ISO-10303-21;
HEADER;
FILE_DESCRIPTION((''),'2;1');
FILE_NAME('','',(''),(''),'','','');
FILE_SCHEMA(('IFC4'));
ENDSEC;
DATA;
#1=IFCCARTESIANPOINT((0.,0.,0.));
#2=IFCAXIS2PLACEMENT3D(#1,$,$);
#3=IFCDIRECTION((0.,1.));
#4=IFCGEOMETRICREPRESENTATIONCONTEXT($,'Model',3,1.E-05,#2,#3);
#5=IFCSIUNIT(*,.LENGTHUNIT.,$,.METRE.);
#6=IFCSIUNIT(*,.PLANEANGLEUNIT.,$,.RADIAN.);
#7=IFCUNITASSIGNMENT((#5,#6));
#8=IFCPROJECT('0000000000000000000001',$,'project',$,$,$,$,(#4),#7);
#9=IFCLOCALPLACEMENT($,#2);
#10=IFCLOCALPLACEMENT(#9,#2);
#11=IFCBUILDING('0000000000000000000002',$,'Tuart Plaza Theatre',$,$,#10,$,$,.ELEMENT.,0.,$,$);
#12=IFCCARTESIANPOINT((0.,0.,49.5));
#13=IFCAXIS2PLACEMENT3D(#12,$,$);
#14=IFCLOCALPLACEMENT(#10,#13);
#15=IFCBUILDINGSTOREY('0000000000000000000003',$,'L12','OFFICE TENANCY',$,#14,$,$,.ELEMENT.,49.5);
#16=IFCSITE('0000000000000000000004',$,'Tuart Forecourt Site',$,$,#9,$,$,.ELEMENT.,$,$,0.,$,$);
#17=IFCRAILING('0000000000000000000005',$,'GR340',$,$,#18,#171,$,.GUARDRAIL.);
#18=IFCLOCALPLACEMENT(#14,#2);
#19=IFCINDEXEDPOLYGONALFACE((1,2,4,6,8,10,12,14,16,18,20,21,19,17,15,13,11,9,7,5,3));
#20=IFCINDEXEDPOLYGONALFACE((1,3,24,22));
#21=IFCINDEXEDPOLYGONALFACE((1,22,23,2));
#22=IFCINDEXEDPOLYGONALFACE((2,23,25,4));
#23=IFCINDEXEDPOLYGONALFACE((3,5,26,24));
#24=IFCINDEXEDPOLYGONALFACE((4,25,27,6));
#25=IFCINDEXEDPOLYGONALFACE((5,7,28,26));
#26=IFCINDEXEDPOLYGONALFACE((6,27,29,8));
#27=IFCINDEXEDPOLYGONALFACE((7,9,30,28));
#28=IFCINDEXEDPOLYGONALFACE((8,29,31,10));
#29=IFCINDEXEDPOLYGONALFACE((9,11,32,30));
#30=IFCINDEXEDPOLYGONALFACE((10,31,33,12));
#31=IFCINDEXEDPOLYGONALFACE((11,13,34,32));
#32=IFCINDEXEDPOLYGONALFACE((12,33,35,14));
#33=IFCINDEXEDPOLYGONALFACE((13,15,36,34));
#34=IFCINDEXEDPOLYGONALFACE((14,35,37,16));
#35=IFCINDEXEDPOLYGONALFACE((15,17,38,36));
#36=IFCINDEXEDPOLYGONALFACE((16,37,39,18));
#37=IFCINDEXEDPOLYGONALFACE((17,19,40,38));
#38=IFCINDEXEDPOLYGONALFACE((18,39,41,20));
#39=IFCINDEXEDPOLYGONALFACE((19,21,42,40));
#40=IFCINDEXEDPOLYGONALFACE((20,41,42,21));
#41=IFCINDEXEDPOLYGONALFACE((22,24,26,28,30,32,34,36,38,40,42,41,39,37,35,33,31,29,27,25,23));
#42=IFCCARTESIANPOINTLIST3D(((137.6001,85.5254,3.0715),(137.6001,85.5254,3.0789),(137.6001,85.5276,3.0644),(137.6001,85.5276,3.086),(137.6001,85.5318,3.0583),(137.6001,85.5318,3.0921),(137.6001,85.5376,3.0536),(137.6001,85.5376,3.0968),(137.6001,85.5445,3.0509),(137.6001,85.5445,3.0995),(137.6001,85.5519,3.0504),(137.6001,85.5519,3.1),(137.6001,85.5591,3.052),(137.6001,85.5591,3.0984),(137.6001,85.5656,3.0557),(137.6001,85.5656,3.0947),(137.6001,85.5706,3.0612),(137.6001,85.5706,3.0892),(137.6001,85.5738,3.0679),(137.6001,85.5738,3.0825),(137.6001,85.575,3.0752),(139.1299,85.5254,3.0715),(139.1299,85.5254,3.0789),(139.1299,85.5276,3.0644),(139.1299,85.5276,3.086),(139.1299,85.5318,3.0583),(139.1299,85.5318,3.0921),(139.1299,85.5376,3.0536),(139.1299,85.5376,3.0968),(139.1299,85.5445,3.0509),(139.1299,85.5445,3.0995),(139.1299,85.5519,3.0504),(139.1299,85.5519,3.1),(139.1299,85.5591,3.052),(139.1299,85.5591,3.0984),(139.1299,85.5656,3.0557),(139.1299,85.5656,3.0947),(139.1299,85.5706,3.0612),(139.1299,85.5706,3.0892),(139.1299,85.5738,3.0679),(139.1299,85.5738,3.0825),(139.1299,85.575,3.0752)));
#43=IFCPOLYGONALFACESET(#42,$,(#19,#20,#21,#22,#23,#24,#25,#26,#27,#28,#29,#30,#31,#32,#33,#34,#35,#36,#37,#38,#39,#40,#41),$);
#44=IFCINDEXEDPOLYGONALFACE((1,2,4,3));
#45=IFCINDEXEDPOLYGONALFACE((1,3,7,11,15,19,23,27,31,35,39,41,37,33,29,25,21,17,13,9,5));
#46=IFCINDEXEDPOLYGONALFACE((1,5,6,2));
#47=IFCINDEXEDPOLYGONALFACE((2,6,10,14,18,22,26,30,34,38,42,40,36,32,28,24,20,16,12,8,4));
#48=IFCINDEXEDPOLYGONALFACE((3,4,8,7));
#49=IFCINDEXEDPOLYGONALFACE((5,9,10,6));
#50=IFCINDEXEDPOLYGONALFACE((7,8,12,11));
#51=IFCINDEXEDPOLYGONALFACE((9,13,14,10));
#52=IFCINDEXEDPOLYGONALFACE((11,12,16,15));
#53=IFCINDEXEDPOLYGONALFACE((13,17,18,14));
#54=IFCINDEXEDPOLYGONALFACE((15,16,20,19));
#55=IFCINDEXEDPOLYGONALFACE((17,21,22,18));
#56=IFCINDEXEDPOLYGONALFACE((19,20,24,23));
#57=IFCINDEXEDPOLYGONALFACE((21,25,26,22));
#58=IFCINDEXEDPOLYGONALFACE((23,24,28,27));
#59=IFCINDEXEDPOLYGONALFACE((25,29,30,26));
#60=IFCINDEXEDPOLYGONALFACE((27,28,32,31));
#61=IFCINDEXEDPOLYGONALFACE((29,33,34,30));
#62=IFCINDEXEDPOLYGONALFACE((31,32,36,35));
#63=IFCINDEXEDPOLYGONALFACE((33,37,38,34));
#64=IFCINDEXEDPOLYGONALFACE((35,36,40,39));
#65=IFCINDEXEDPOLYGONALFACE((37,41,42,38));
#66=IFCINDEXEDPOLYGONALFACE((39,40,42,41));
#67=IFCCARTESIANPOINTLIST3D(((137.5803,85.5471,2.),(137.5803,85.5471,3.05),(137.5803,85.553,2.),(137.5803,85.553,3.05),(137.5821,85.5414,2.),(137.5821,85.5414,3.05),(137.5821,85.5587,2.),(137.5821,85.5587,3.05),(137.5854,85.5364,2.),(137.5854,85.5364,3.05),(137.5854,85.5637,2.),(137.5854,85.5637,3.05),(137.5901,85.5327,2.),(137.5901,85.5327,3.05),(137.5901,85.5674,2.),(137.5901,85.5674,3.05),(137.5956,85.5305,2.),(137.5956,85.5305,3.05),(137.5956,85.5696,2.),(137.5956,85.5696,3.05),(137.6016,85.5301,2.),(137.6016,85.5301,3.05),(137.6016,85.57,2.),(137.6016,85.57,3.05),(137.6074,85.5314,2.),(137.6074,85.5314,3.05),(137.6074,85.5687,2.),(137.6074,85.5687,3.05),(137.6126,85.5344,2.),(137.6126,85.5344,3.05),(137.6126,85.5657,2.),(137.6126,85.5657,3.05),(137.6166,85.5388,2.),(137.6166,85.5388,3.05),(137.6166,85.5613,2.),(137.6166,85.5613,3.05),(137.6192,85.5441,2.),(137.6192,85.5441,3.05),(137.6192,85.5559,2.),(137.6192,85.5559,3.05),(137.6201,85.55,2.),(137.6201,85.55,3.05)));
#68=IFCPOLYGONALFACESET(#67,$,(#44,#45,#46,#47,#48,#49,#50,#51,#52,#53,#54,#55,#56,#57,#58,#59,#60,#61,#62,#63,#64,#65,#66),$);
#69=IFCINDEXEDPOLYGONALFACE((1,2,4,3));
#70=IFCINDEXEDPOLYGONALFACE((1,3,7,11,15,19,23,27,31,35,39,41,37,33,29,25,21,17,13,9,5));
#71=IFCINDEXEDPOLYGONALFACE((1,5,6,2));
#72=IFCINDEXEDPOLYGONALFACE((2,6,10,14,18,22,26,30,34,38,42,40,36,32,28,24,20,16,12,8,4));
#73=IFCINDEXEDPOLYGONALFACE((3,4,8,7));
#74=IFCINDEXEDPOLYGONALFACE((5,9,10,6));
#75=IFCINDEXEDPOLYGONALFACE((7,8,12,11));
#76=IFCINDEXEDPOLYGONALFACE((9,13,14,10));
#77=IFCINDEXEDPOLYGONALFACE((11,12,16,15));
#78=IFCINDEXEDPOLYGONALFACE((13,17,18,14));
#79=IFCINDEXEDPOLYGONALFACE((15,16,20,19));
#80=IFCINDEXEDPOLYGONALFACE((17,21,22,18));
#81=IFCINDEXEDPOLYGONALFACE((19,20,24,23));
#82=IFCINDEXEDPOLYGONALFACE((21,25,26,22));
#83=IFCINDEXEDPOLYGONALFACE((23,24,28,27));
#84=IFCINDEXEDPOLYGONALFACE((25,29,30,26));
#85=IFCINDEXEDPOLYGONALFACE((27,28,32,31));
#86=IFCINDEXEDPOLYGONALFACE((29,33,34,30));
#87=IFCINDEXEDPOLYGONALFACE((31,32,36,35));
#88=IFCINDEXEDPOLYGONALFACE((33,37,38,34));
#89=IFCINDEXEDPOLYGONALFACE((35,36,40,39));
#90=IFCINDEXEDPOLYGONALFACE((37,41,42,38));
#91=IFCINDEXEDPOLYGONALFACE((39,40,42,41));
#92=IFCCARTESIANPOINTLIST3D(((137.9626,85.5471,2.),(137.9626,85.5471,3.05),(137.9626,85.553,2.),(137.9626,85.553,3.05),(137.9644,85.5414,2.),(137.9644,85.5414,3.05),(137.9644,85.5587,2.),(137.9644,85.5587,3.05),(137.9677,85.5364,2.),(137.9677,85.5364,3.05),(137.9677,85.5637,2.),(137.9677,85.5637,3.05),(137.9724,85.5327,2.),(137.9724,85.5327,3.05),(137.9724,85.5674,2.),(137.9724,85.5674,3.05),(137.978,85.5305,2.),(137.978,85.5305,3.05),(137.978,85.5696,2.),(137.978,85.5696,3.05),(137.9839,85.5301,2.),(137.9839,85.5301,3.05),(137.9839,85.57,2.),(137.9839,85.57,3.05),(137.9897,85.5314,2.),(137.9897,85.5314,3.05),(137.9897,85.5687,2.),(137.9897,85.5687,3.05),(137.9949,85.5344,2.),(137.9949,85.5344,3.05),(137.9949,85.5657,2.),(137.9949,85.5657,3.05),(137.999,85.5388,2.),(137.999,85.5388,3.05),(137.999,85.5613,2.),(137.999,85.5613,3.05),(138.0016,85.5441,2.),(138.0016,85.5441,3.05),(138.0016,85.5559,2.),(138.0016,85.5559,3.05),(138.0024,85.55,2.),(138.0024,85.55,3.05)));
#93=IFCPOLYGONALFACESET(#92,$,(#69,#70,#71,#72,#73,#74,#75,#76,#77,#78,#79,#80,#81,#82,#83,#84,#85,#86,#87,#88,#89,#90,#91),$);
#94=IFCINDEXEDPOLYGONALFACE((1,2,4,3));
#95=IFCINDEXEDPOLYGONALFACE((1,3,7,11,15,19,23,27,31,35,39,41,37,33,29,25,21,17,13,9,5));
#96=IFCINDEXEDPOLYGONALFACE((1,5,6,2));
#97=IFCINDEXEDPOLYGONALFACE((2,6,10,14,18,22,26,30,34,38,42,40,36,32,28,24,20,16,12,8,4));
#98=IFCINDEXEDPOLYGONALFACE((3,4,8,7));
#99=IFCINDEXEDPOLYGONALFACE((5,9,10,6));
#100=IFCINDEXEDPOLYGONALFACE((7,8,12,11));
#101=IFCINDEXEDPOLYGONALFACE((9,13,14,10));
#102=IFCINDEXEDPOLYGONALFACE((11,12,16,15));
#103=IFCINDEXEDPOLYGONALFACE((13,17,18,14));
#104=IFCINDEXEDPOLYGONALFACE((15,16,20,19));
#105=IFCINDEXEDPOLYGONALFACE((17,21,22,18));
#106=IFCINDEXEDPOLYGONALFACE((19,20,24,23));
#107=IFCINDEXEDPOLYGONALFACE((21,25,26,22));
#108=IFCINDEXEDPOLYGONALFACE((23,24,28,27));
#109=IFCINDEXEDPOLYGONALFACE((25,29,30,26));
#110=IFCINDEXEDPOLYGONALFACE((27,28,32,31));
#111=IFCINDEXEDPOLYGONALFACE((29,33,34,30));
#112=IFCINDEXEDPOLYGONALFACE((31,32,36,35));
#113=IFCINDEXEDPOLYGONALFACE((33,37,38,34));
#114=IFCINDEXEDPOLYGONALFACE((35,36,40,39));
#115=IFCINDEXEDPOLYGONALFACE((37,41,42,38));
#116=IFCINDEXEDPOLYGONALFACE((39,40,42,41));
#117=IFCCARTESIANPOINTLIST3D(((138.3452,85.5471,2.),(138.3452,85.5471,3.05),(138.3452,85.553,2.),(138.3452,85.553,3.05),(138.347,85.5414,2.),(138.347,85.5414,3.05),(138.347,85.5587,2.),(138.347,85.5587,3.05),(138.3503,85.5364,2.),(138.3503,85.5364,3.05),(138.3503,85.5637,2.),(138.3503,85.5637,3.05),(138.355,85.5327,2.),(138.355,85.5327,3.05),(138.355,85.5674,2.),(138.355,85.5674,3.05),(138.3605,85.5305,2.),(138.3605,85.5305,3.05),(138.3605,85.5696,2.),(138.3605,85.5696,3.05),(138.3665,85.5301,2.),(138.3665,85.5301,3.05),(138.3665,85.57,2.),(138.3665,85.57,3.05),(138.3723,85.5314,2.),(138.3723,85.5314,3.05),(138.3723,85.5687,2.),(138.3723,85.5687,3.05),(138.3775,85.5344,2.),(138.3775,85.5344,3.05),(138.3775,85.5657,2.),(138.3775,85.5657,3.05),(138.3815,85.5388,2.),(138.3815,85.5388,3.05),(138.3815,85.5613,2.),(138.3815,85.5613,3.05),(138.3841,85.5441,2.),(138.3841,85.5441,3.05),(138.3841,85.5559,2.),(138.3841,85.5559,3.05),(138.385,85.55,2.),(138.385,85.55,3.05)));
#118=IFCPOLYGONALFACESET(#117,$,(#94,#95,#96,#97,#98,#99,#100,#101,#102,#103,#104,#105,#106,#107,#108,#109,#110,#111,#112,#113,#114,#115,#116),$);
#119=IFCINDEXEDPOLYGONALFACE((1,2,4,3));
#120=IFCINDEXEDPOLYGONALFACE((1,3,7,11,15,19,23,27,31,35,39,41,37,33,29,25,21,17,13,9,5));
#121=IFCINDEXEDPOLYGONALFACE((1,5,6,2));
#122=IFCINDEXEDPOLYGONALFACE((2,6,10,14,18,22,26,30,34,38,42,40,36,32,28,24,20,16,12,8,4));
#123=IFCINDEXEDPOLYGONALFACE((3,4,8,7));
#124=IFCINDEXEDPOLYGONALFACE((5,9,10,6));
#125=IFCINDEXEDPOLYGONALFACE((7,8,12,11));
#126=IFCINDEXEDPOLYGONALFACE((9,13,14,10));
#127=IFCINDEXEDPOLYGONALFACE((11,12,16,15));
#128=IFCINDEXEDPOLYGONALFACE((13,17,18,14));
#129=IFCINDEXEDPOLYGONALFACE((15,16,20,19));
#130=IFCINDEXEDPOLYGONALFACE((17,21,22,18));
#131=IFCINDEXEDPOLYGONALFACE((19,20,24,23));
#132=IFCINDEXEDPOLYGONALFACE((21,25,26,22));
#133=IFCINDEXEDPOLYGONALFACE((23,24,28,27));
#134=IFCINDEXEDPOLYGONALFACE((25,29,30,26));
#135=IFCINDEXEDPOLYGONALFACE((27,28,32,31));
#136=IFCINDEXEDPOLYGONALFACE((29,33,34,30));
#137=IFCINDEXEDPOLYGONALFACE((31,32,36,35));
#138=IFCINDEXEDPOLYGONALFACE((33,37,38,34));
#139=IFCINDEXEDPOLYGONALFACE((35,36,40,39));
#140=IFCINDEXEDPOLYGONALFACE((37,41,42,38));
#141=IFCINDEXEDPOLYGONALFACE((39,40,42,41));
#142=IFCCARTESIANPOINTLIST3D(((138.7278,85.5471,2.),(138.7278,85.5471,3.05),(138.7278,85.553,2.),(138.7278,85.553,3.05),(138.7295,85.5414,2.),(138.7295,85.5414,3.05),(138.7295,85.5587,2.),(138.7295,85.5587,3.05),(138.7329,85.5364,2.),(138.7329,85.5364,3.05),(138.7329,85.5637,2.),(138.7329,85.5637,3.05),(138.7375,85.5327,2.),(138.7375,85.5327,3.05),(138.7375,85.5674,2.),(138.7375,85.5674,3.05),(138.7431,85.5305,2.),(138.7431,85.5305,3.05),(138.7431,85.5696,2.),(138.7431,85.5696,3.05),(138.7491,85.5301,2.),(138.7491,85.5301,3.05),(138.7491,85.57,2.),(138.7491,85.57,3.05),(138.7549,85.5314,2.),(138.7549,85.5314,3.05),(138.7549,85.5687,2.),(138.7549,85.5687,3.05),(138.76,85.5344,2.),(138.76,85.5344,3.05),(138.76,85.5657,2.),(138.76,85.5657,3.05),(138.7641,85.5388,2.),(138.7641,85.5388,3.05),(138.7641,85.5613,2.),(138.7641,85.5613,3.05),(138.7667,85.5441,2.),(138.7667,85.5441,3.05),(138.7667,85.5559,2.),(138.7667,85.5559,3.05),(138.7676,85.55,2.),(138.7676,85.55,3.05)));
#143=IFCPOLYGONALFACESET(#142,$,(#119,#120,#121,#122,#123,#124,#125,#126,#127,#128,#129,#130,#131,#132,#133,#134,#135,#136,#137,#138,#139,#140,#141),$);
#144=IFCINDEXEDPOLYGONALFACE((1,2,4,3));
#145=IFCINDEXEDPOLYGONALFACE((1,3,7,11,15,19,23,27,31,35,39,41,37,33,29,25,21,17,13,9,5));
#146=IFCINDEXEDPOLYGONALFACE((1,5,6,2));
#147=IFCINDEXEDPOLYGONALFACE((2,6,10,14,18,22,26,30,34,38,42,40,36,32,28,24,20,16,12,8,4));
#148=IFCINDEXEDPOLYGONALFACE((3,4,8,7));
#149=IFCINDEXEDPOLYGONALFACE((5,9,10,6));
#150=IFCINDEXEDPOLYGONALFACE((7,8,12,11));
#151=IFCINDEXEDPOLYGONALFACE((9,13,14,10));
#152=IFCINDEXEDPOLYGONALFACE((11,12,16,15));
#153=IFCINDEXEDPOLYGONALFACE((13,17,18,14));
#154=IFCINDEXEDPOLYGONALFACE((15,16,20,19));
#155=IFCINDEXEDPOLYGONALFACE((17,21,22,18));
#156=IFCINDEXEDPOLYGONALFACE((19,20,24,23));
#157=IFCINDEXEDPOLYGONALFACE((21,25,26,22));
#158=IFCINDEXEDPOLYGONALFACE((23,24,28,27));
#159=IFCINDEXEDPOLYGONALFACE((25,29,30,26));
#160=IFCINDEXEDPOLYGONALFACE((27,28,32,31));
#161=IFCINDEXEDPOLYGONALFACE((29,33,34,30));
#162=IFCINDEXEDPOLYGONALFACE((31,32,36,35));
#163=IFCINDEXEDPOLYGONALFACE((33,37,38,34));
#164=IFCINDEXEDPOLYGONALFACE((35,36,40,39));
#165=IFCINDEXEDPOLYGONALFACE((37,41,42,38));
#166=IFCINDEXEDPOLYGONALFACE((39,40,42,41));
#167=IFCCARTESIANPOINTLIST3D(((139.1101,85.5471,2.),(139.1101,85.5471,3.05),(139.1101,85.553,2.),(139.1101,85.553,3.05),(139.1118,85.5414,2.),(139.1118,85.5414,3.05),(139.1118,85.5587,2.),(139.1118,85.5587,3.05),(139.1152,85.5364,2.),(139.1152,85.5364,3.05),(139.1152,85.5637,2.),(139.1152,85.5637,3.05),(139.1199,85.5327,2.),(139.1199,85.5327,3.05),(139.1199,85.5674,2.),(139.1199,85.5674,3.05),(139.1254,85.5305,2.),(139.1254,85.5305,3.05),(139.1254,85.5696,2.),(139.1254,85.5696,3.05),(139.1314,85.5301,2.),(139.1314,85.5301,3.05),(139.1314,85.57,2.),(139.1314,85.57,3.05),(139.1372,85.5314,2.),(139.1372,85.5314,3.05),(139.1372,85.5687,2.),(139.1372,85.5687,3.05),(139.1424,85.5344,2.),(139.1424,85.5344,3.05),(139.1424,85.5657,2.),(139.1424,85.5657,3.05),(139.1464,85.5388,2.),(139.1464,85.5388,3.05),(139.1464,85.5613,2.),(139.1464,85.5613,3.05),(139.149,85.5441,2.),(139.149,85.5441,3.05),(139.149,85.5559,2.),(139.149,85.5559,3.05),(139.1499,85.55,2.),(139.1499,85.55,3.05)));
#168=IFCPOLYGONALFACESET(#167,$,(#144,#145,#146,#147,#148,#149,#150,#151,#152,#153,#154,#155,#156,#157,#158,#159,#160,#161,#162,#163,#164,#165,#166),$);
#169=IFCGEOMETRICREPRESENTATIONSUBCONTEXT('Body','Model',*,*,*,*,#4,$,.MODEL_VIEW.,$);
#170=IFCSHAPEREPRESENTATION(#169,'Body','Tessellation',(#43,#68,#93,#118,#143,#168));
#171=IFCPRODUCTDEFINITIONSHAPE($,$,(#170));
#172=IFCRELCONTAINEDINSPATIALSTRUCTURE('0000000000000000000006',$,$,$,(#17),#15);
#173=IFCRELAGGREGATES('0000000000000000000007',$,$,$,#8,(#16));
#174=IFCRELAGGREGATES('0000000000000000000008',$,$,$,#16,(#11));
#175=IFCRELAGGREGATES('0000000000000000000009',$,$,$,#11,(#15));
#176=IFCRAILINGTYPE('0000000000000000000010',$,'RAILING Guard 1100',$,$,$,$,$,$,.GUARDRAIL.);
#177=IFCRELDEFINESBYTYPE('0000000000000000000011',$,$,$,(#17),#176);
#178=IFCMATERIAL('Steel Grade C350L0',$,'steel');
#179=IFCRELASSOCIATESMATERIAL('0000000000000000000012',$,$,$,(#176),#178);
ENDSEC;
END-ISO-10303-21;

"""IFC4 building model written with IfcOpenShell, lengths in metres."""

from ifc_helpers import new_model, si_unit, direction, frame, origin, origin_2d, place, context, subcontext, project, spatial, circle, extrude, material, type_object, element, save


model = new_model("IFC4")

# Units and contexts
model_context = context("Model", 3, precision=1e-05, world=origin(), true_north=direction((0.0, 1.0)))
body_context = subcontext(model_context, "Body", "Model", "MODEL_VIEW")
ifc_project = project(units=[si_unit("LENGTHUNIT", "METRE"), si_unit("PLANEANGLEUNIT", "RADIAN")], contexts=[model_context])

# Site, building, storey
site_placement = place(None, origin())
site = spatial("IfcSite", under=ifc_project, at=site_placement, Name="Tuart Forecourt Site", CompositionType="ELEMENT", RefElevation=0.0)
building_placement = place(site_placement, origin())
building = spatial("IfcBuilding", under=site, at=building_placement, Name="Tuart Plaza Theatre", CompositionType="ELEMENT", ElevationOfRefHeight=0.0)
storey_placement = place(building_placement, frame((0.0, 0.0, 49.5)))
storey = spatial("IfcBuildingStorey", under=building, at=storey_placement, Name="L12", Description="OFFICE TENANCY", CompositionType="ELEMENT", Elevation=49.5)

# Railing
ifc_material_1 = material(Name="Steel Grade C350L0", Category="steel")
railing_type_1 = type_object("IfcRailingType", Name="RAILING Guard 1100", PredefinedType="GUARDRAIL", material=ifc_material_1)
railing_1_placement = place(storey_placement, frame((137.6001, 85.55, 2.0)))
element("IfcRailing", 1, at=railing_1_placement, inside=storey, type_object=railing_type_1, Name="GR340", PredefinedType="GUARDRAIL", context=body_context, shape_type="SweptSolid", body=[
    extrude(circle(Radius=0.0249, at=origin_2d()), frame((0.0, 0.0, 1.0752), z_axis=(1.0, 0.0, 0.0), x_axis=(0.0, 1.0, 0.0)), (0.0, 0.0, 1.0), 1.5298),
    extrude(circle(Radius=0.02, at=origin_2d()), origin(), (0.0, 0.0, 1.0), 1.05),
    extrude(circle(Radius=0.02, at=origin_2d()), frame((0.3823, 0.0, 0.0)), (0.0, 0.0, 1.0), 1.05),
    extrude(circle(Radius=0.02, at=origin_2d()), frame((0.7649, 0.0, 0.0)), (0.0, 0.0, 1.0), 1.05),
    extrude(circle(Radius=0.02, at=origin_2d()), frame((1.1475, 0.0, 0.0)), (0.0, 0.0, 1.0), 1.05),
    extrude(circle(Radius=0.02, at=origin_2d()), frame((1.5298, 0.0, 0.0)), (0.0, 0.0, 1.0), 1.05),
])

save(model, "model.ifc")
